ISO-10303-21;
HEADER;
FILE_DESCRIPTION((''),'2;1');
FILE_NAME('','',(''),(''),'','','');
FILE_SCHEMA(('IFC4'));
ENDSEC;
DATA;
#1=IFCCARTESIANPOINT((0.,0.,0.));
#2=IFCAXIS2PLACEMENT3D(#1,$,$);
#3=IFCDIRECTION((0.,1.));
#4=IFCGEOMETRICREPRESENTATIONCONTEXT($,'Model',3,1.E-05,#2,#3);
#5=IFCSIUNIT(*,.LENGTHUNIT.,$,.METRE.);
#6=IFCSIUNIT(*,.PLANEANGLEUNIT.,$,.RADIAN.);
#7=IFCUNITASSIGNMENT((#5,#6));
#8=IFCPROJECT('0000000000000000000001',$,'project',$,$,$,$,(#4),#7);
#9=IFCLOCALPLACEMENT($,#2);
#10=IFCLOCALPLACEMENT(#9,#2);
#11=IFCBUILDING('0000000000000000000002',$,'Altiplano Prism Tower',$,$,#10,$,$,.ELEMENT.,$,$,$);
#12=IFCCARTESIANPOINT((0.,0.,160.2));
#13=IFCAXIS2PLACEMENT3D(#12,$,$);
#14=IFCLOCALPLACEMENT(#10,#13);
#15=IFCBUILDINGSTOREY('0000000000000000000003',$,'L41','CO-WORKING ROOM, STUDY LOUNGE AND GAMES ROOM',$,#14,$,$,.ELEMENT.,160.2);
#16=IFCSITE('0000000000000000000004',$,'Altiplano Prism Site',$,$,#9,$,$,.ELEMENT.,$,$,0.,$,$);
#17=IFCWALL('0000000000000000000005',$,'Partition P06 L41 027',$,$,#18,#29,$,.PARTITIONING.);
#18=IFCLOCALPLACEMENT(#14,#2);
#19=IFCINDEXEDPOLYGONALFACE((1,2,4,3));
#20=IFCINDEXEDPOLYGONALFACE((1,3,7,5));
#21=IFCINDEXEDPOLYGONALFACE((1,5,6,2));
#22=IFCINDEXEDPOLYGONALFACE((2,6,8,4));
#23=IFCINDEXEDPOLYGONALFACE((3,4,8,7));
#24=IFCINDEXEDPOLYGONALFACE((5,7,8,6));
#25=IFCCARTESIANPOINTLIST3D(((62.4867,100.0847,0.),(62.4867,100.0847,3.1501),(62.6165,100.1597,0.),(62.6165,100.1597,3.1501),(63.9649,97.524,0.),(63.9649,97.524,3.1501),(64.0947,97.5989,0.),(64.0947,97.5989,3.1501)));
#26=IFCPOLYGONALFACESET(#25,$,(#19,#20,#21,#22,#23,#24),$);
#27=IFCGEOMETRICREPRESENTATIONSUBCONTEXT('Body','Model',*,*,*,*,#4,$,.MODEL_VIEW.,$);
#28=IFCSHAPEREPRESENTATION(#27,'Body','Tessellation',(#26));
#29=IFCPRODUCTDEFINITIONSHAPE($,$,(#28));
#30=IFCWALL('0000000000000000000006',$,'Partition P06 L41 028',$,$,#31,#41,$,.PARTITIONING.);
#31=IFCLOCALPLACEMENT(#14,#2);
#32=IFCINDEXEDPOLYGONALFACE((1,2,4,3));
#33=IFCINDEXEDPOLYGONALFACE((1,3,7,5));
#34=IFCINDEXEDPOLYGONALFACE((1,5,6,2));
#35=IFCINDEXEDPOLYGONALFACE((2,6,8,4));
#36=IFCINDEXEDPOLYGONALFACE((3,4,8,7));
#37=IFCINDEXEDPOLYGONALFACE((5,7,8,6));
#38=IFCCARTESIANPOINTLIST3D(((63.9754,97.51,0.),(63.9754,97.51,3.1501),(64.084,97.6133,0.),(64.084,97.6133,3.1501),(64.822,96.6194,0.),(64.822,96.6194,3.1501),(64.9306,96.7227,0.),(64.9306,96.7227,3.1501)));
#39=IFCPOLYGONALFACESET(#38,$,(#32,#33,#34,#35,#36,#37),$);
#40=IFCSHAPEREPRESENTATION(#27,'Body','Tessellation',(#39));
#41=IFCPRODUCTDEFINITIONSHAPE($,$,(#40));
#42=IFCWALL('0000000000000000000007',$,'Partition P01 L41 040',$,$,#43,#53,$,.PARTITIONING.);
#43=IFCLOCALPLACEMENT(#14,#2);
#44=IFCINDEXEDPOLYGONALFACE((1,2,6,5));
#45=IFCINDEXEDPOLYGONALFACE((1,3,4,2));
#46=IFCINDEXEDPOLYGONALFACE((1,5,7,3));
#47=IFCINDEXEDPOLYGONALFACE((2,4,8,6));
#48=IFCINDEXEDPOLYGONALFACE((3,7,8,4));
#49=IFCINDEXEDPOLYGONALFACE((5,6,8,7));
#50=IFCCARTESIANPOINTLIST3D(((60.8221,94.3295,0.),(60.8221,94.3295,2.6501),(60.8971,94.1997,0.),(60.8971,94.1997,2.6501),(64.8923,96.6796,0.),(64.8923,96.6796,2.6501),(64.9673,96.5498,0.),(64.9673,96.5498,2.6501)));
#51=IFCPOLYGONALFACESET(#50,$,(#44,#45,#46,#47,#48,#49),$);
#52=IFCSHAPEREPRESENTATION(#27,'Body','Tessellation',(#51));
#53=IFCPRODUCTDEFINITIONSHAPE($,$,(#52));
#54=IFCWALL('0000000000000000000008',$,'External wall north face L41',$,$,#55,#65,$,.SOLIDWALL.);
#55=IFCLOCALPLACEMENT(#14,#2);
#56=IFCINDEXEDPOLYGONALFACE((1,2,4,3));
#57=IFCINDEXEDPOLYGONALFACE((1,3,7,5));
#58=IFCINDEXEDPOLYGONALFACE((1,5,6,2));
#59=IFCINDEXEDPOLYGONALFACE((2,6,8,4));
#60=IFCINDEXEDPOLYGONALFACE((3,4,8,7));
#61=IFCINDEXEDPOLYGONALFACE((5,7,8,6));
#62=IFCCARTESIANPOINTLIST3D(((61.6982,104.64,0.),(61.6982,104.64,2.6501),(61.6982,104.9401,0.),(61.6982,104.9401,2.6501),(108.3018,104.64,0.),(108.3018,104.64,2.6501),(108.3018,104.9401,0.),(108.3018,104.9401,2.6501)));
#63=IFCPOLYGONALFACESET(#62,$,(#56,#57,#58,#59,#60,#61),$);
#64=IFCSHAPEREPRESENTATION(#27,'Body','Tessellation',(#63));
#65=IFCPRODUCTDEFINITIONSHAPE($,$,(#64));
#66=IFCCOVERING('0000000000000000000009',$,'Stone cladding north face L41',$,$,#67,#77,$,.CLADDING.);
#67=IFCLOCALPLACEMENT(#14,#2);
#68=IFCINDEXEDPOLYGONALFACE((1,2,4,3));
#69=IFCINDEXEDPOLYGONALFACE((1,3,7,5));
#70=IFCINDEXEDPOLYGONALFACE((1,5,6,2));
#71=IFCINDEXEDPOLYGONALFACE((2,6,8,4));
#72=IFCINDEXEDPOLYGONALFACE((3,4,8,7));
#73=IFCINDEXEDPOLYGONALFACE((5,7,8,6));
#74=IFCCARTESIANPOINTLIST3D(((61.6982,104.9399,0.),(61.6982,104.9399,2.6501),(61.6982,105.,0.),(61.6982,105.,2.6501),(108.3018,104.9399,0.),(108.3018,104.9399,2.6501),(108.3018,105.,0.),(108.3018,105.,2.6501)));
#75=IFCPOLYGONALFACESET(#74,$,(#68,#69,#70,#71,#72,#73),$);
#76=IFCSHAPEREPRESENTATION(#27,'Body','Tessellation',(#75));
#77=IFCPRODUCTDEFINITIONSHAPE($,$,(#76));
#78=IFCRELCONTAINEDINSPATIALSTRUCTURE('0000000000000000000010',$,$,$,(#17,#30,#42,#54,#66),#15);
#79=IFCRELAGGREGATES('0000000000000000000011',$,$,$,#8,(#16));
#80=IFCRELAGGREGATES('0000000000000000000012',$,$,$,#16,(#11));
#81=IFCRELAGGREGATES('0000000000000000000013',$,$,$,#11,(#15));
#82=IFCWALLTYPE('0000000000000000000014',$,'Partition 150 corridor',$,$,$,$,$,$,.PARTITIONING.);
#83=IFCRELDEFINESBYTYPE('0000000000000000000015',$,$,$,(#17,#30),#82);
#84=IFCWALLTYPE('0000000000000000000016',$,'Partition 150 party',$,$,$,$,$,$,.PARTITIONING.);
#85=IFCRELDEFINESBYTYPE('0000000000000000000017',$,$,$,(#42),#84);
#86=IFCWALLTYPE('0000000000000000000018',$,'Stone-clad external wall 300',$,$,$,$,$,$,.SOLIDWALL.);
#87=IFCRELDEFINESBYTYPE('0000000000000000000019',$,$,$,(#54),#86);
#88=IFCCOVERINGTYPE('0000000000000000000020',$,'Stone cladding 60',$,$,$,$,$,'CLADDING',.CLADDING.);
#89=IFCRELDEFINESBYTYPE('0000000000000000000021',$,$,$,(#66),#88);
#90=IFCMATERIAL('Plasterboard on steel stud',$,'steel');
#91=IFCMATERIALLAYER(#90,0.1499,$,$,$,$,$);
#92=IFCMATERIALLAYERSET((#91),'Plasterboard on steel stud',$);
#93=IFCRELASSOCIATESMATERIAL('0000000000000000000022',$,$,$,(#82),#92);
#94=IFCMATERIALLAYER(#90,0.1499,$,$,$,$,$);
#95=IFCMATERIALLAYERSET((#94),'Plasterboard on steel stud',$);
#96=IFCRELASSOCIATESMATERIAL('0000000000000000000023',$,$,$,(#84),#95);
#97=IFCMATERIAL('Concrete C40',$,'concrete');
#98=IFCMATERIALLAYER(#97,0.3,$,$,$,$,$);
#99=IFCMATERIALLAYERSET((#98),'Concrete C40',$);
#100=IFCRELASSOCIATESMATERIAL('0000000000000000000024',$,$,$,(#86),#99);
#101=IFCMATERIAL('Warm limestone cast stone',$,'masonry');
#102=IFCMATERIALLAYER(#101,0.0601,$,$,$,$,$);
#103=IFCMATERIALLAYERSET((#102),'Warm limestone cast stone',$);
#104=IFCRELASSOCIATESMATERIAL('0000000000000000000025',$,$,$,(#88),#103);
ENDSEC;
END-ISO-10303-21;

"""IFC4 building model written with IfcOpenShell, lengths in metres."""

from ifc_helpers import new_model, si_unit, direction, frame, frame_2d, origin, place, context, subcontext, project, spatial, rectangle, extrude, material, layer, layer_set, type_object, element, save


model = new_model("IFC4")

# Units and contexts
model_context = context("Model", 3, precision=1e-05, world=origin(), true_north=direction((0.0, 1.0)))
body_context = subcontext(model_context, "Body", "Model", "MODEL_VIEW")
ifc_project = project(units=[si_unit("LENGTHUNIT", "METRE"), si_unit("PLANEANGLEUNIT", "RADIAN")], contexts=[model_context])

# Site, building, storey
site_placement = place(None, origin())
site = spatial("IfcSite", under=ifc_project, at=site_placement, Name="Altiplano Prism Site", CompositionType="ELEMENT", RefElevation=0.0)
building_placement = place(site_placement, origin())
building = spatial("IfcBuilding", under=site, at=building_placement, Name="Altiplano Prism Tower", CompositionType="ELEMENT")
storey_placement = place(building_placement, frame((0.0, 0.0, 160.2)))
storey = spatial("IfcBuildingStorey", under=building, at=storey_placement, Name="L41", Description="CO-WORKING ROOM, STUDY LOUNGE AND GAMES ROOM", CompositionType="ELEMENT", Elevation=160.2)

# Shared definitions
ifc_material_1 = material(Name="Plasterboard on steel stud", Category="steel")
ifc_layer_1 = layer(ifc_material_1, 0.1499)
ifc_layer_set_1 = layer_set([ifc_layer_1], Name="Plasterboard on steel stud")
wall_type_1 = type_object("IfcWallType", Name="Partition 150 corridor", PredefinedType="PARTITIONING", material=ifc_layer_set_1)

# Walls
wall_1_placement = place(storey_placement, frame((62.5515, 100.1223, 0.0), z_axis=(0.0, 0.0, 1.0), x_axis=(0.499949, -0.866055, 0.0)))
element("IfcWall", 1, at=wall_1_placement, inside=storey, type_object=wall_type_1, Name="Partition P06 L41 027", PredefinedType="PARTITIONING", context=body_context, shape_type="SweptSolid", body=[
    extrude(rectangle(XDim=2.9568, YDim=0.1499, at=frame_2d((1.4785, 0.0))), origin(), (0.0, 0.0, 1.0), 3.1501),
])
wall_2_placement = place(storey_placement, frame((64.0298, 97.5615, 0.0), z_axis=(0.0, 0.0, 1.0), x_axis=(0.689, -0.724761, 0.0)))
element("IfcWall", 2, at=wall_2_placement, inside=storey, type_object=wall_type_1, Name="Partition P06 L41 028", PredefinedType="PARTITIONING", context=body_context, shape_type="SweptSolid", body=[
    extrude(rectangle(XDim=1.2288, YDim=0.1499, at=frame_2d((0.6143, 0.0))), origin(), (0.0, 0.0, 1.0), 3.1501),
])
ifc_layer_2 = layer(ifc_material_1, 0.1499)
ifc_layer_set_2 = layer_set([ifc_layer_2], Name="Plasterboard on steel stud")
wall_type_2 = type_object("IfcWallType", Name="Partition 150 party", PredefinedType="PARTITIONING", material=ifc_layer_set_2)
wall_3_placement = place(storey_placement, frame((64.9299, 96.6147, 0.0), z_axis=(0.0, 0.0, 1.0), x_axis=(-0.866016, -0.500016, 0.0)))
element("IfcWall", 3, at=wall_3_placement, inside=storey, type_object=wall_type_2, Name="Partition P01 L41 040", PredefinedType="PARTITIONING", context=body_context, shape_type="SweptSolid", body=[
    extrude(rectangle(XDim=4.7, YDim=0.1499, at=frame_2d((2.3501, 0.0))), origin(), (0.0, 0.0, 1.0), 2.6501),
])
ifc_material_2 = material(Name="Concrete C40", Category="concrete")
ifc_layer_3 = layer(ifc_material_2, 0.3)
ifc_layer_set_3 = layer_set([ifc_layer_3], Name="Concrete C40")
wall_type_3 = type_object("IfcWallType", Name="Stone-clad external wall 300", PredefinedType="SOLIDWALL", material=ifc_layer_set_3)
wall_4_placement = place(storey_placement, frame((61.6982, 104.79, 0.0), z_axis=(0.0, 0.0, 1.0), x_axis=(1.0, 0.0, 0.0)))
element("IfcWall", 4, at=wall_4_placement, inside=storey, type_object=wall_type_3, Name="External wall north face L41", PredefinedType="SOLIDWALL", context=body_context, shape_type="SweptSolid", body=[
    extrude(rectangle(XDim=46.6035, YDim=0.3, at=frame_2d((23.3018, 0.0))), origin(), (0.0, 0.0, 1.0), 2.6501),
])

# Covering
ifc_material_3 = material(Name="Warm limestone cast stone", Category="masonry")
ifc_layer_4 = layer(ifc_material_3, 0.0601)
ifc_layer_set_4 = layer_set([ifc_layer_4], Name="Warm limestone cast stone")
covering_type = type_object("IfcCoveringType", Name="Stone cladding 60", ElementType="CLADDING", PredefinedType="CLADDING", material=ifc_layer_set_4)
covering_placement = place(storey_placement, frame((61.6982, 104.97, 0.0), z_axis=(0.0, 0.0, 1.0), x_axis=(1.0, 0.0, 0.0)))
element("IfcCovering", 5, at=covering_placement, inside=storey, type_object=covering_type, Name="Stone cladding north face L41", PredefinedType="CLADDING", context=body_context, shape_type="SweptSolid", body=[
    extrude(rectangle(XDim=46.6035, YDim=0.0601, at=frame_2d((23.3018, 0.0))), origin(), (0.0, 0.0, 1.0), 2.6501),
])

save(model, "model.ifc")
